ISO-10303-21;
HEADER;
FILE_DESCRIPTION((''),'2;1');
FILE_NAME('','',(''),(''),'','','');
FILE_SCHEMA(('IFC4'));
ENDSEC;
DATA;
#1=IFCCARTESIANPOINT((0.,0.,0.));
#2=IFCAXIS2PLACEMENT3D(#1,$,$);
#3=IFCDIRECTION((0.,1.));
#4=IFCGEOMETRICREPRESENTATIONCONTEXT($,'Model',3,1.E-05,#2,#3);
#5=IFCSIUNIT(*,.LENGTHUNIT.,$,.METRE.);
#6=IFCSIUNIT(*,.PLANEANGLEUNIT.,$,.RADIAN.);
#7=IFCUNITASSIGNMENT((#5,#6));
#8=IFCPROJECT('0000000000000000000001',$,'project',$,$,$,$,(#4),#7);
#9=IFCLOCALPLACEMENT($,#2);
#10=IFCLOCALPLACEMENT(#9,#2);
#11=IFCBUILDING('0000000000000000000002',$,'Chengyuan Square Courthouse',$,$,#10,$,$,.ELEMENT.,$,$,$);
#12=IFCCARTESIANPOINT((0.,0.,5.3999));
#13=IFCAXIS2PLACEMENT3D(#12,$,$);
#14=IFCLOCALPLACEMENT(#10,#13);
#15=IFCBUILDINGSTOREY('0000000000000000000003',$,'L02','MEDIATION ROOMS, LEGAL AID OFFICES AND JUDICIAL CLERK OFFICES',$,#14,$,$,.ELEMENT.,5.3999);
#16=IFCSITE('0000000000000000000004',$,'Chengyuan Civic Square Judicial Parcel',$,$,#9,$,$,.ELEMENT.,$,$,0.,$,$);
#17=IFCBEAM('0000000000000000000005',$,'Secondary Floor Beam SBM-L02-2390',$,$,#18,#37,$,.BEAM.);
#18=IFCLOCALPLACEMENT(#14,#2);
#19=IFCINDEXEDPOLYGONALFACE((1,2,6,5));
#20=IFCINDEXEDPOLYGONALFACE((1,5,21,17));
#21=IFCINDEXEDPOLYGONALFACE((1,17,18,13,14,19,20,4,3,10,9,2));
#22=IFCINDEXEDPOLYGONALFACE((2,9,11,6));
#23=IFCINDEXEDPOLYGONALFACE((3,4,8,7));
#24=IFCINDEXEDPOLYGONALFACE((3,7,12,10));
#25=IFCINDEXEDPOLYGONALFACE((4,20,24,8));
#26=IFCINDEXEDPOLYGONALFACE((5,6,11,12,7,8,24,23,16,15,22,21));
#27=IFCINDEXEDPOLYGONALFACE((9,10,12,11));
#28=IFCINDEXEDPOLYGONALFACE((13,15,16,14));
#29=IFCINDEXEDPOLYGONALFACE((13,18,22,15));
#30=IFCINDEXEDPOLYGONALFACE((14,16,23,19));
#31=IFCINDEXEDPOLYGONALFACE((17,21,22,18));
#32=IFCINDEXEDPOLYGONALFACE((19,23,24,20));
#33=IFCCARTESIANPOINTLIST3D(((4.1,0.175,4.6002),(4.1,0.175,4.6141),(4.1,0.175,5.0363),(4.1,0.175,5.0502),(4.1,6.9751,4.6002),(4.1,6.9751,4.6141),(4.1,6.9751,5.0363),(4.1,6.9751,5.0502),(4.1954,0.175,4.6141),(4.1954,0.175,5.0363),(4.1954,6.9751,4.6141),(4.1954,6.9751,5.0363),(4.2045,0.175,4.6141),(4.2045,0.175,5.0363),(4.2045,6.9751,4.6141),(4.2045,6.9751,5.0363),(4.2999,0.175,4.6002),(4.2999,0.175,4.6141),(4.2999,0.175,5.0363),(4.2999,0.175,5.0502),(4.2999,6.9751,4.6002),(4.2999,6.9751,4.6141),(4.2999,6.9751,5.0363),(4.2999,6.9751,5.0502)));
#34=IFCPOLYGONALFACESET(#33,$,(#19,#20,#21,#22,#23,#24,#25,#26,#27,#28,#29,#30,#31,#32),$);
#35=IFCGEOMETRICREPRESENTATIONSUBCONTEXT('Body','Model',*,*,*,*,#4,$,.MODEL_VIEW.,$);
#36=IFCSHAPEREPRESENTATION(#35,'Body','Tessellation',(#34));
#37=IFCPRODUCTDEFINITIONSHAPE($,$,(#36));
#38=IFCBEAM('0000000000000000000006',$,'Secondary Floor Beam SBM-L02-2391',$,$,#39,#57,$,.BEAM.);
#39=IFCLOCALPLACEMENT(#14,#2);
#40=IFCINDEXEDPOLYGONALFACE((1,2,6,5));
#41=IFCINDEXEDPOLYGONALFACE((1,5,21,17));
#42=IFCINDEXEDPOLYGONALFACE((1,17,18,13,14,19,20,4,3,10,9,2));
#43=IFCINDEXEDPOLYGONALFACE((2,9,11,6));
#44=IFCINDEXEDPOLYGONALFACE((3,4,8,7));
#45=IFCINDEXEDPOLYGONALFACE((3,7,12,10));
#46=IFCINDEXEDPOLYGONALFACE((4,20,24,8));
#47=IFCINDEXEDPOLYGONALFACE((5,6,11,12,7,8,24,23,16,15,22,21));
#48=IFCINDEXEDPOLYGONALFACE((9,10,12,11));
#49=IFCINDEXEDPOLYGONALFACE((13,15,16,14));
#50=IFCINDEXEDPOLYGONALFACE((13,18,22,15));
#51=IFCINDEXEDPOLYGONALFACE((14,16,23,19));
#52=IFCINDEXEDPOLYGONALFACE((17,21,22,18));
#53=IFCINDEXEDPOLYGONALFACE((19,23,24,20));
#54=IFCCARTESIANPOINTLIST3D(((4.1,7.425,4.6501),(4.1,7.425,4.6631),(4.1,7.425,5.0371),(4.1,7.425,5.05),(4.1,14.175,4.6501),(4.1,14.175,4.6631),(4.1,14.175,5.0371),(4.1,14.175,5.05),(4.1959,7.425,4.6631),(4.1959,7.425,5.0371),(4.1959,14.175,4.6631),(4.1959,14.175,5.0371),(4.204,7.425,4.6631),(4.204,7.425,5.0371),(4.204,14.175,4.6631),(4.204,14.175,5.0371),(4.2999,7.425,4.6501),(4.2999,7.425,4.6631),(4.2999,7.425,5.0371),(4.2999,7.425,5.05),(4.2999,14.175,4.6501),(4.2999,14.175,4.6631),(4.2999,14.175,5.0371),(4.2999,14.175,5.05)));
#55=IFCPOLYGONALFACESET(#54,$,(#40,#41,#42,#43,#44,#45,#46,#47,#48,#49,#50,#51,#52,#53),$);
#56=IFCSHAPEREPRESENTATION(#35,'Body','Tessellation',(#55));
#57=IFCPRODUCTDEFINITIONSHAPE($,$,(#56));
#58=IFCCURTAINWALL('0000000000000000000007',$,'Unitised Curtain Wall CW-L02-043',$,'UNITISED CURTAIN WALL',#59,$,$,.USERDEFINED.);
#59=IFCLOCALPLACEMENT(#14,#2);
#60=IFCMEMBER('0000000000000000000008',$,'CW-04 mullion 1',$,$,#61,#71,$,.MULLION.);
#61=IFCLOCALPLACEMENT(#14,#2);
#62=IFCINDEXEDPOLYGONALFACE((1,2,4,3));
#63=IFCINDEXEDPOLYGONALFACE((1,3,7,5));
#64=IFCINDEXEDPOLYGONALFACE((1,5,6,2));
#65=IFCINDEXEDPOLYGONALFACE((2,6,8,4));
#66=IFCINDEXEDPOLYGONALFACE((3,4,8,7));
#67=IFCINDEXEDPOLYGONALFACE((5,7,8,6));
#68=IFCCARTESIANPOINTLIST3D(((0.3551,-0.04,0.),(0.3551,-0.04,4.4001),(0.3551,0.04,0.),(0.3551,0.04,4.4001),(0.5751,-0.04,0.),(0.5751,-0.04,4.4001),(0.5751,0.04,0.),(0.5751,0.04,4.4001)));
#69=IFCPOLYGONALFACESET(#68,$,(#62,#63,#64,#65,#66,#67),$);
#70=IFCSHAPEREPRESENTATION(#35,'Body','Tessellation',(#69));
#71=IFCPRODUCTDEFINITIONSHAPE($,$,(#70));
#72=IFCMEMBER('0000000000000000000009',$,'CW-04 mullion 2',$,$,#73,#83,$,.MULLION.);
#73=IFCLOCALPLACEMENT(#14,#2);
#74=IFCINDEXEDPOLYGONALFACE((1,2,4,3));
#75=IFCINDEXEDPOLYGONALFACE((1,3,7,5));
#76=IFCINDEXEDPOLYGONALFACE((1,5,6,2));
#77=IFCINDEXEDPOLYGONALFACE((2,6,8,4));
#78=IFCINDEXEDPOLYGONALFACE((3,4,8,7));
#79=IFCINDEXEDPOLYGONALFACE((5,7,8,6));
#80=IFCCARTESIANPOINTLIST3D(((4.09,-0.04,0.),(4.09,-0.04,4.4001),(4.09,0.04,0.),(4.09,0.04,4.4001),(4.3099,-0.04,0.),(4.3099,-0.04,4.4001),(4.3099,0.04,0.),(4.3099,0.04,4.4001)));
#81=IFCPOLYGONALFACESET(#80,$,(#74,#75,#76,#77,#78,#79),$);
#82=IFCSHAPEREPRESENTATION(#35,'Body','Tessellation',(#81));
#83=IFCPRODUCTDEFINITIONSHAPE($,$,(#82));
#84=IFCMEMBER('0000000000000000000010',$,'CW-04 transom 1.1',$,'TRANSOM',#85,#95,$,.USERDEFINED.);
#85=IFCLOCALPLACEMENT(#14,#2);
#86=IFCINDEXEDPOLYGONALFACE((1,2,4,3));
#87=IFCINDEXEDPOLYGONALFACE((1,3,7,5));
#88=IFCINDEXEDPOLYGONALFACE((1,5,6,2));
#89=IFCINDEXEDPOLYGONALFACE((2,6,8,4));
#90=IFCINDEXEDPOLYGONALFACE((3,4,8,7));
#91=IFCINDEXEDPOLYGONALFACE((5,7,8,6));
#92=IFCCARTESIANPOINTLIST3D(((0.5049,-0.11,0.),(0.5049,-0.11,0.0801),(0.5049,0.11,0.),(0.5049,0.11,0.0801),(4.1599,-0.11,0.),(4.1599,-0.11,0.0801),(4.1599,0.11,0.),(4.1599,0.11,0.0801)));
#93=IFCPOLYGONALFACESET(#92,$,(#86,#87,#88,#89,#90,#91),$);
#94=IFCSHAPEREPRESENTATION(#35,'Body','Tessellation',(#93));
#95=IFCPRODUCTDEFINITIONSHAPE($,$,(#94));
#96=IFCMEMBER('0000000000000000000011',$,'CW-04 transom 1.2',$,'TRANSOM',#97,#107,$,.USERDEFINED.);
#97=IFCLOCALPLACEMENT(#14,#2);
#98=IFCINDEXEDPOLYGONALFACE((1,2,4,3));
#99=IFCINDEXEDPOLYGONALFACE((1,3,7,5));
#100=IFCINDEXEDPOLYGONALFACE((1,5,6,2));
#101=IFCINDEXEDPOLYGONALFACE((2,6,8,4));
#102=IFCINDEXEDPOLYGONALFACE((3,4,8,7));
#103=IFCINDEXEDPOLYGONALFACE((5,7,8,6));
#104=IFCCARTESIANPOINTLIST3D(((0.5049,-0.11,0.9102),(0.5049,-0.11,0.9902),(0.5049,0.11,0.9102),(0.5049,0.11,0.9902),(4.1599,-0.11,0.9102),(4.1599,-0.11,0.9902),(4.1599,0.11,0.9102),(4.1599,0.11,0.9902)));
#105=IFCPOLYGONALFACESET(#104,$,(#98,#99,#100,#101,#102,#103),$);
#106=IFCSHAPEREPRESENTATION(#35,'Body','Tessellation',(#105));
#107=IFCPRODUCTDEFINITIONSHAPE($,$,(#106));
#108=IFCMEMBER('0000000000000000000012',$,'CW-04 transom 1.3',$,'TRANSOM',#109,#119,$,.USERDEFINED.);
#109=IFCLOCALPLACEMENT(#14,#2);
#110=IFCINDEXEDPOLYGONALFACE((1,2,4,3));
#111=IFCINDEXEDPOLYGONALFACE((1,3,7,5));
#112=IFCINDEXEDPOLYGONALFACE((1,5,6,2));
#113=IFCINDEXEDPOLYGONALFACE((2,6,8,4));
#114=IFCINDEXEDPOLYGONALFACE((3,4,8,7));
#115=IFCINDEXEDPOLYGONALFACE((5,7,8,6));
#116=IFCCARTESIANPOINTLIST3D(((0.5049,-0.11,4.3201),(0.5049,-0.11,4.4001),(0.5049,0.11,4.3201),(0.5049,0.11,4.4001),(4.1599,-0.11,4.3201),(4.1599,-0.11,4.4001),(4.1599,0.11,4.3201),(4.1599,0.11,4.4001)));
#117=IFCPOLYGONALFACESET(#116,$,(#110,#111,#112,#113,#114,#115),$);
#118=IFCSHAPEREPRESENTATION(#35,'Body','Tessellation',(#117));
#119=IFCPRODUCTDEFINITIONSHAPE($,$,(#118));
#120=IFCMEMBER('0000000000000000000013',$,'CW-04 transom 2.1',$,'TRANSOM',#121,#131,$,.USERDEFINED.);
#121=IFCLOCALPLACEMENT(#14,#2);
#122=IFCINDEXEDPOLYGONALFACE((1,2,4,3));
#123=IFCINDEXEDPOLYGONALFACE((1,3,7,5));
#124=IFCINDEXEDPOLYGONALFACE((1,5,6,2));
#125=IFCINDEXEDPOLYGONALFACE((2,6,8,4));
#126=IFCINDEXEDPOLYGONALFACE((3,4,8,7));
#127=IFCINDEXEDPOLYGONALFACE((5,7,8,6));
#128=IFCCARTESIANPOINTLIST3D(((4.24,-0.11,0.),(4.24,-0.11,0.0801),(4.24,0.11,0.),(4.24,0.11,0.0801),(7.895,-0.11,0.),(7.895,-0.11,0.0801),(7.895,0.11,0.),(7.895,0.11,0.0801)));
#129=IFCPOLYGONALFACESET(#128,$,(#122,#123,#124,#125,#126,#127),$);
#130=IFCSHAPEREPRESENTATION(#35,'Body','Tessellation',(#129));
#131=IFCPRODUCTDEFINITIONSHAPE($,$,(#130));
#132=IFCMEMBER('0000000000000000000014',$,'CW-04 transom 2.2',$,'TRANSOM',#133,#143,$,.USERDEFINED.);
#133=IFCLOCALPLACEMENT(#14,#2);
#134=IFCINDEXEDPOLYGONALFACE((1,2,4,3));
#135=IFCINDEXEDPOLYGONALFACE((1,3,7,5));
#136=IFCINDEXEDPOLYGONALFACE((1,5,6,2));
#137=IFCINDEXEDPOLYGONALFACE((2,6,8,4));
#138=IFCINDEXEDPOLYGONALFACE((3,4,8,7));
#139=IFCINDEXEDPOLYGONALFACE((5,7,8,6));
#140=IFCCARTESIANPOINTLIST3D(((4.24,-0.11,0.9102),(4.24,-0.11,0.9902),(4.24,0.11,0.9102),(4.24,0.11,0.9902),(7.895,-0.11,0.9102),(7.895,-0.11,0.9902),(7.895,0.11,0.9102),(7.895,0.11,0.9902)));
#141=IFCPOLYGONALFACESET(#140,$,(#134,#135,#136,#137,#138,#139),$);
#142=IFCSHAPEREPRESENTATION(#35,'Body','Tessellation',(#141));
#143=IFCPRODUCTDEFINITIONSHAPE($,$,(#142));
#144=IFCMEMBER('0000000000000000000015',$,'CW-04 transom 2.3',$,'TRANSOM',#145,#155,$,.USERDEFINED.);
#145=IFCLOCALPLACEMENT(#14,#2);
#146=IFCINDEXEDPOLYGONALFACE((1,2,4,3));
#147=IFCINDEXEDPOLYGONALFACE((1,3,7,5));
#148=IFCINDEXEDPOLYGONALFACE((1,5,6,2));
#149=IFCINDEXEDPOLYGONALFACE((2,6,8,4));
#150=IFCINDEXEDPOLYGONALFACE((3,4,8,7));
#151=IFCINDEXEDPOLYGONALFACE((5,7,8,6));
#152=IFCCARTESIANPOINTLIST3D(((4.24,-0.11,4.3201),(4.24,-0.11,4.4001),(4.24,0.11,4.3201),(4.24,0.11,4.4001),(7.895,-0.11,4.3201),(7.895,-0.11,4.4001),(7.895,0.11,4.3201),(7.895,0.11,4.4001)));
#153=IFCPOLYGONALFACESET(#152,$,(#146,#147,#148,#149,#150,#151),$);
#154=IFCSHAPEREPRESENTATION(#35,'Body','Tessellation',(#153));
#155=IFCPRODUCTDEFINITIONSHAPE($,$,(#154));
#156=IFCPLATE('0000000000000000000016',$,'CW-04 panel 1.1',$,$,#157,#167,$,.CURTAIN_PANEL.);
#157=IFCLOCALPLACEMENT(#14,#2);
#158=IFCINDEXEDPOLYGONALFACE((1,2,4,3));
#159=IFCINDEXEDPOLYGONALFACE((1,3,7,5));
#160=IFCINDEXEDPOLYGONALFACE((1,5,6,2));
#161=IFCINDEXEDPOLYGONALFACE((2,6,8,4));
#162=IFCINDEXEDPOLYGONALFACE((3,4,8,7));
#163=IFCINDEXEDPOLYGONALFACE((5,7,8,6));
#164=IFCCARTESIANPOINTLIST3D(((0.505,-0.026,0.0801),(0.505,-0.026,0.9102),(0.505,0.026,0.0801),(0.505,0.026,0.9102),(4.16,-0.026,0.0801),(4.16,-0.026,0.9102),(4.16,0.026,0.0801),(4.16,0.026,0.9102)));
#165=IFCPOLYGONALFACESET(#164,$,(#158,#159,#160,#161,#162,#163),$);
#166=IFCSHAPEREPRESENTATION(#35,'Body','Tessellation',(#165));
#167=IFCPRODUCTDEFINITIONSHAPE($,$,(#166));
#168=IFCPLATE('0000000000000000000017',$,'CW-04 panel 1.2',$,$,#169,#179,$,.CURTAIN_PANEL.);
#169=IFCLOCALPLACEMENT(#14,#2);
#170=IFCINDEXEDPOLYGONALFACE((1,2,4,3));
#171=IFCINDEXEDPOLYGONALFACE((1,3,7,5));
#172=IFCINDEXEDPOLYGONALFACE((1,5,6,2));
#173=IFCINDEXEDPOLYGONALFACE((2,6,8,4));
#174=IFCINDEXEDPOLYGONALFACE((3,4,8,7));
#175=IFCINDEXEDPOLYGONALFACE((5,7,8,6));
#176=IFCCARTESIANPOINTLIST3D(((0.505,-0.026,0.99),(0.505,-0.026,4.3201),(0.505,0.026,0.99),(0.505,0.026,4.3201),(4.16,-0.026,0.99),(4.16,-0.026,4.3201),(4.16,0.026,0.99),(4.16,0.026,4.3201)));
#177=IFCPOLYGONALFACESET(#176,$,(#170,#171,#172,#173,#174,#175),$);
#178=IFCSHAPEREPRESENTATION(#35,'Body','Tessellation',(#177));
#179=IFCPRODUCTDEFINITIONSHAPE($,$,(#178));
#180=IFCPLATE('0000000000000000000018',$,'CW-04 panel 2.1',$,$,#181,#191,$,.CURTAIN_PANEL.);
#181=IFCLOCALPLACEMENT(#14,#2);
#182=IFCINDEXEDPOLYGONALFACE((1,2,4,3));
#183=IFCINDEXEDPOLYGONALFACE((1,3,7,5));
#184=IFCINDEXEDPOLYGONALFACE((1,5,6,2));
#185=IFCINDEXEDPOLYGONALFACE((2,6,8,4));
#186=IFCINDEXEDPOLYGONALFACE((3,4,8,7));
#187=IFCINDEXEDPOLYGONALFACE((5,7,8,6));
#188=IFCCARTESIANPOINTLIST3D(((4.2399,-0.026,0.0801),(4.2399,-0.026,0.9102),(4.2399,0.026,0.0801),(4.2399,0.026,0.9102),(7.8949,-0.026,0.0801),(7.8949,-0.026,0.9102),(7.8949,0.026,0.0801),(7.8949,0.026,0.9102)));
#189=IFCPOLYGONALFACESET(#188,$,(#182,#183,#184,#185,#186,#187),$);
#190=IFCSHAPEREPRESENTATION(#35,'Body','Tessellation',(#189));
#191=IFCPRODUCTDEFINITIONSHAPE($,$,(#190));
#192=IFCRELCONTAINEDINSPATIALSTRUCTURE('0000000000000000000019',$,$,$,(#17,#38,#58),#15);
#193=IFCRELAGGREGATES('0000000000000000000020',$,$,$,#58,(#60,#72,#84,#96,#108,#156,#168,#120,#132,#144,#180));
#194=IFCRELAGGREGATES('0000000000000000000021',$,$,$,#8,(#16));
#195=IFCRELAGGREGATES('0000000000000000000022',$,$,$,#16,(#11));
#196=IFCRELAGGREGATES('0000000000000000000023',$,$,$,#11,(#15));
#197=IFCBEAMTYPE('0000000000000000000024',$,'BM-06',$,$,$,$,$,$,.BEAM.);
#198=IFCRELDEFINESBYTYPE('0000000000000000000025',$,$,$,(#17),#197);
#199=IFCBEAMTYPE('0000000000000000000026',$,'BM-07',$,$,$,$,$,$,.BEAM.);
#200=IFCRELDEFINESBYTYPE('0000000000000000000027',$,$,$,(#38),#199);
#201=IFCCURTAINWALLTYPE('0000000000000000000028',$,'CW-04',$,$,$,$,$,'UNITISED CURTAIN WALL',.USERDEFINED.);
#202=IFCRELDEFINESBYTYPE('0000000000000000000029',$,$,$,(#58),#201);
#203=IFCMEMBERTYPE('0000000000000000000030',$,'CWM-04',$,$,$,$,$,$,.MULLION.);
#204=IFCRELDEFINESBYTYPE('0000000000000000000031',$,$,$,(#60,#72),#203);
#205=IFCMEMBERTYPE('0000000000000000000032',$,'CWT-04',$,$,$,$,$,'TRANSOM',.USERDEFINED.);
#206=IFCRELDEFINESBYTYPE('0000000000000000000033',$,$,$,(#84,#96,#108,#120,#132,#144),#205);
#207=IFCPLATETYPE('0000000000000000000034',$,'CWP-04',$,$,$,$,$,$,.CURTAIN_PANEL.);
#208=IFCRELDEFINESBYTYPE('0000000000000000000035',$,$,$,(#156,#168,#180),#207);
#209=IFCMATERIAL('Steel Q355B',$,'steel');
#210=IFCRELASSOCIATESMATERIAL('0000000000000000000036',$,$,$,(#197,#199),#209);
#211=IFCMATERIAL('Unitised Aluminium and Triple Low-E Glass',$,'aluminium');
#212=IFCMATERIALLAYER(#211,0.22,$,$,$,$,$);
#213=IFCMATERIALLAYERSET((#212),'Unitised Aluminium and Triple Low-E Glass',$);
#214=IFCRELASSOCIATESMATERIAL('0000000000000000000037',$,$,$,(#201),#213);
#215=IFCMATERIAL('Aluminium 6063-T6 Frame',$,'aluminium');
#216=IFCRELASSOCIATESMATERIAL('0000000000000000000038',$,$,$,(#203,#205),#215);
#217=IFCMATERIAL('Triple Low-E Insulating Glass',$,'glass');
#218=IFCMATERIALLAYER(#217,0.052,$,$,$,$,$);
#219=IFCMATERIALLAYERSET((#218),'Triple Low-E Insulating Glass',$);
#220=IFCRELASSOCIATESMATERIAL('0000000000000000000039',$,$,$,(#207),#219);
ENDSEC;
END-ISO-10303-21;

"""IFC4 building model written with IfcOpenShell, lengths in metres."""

from ifc_helpers import new_model, si_unit, direction, frame, origin, origin_2d, place, context, subcontext, project, spatial, rectangle, i_section, extrude, material, layer, layer_set, material_profile, profile_set, type_object, element, aggregate, save


model = new_model("IFC4")

# Units and contexts
model_context = context("Model", 3, precision=1e-05, world=origin(), true_north=direction((0.0, 1.0)))
body_context = subcontext(model_context, "Body", "Model", "MODEL_VIEW")
ifc_project = project(units=[si_unit("LENGTHUNIT", "METRE"), si_unit("PLANEANGLEUNIT", "RADIAN")], contexts=[model_context])

# Site, building, storey
site_placement = place(None, origin())
site = spatial("IfcSite", under=ifc_project, at=site_placement, Name="Chengyuan Civic Square Judicial Parcel", CompositionType="ELEMENT", RefElevation=0.0)
building_placement = place(site_placement, origin())
building = spatial("IfcBuilding", under=site, at=building_placement, Name="Chengyuan Square Courthouse", CompositionType="ELEMENT")
storey_placement = place(building_placement, frame((0.0, 0.0, 5.3999)))
storey = spatial("IfcBuildingStorey", under=building, at=storey_placement, Name="L02", Description="MEDIATION ROOMS, LEGAL AID OFFICES AND JUDICIAL CLERK OFFICES", CompositionType="ELEMENT", Elevation=5.3999)

# Beams
ifc_material_1 = material(Name="Steel Q355B", Category="steel")
ifc_material_profile_1 = material_profile(ifc_material_1, i_section(OverallWidth=0.2, OverallDepth=0.45, WebThickness=0.009, FlangeThickness=0.0139, at=origin_2d()), Name="HN 450x200x9x14")
ifc_profile_set_1 = profile_set([ifc_material_profile_1], Name="Steel Q355B")
beam_type_1 = type_object("IfcBeamType", Name="BM-06", PredefinedType="BEAM", material=ifc_profile_set_1)
beam_1_placement = place(storey_placement, frame((4.2, 0.175, 4.8252), z_axis=(0.0, 1.0, 0.0), x_axis=(-1.0, 0.0, 0.0)))
element("IfcBeam", 1, at=beam_1_placement, inside=storey, type_object=beam_type_1, Name="Secondary Floor Beam SBM-L02-2390", PredefinedType="BEAM", context=body_context, shape_type="SweptSolid", body=[
    extrude(i_section(OverallWidth=0.2, OverallDepth=0.45, WebThickness=0.009, FlangeThickness=0.0139, at=origin_2d()), origin(), (0.0, 0.0, 1.0), 6.8),
])
ifc_material_profile_2 = material_profile(ifc_material_1, i_section(OverallWidth=0.2, OverallDepth=0.3999, WebThickness=0.0081, FlangeThickness=0.0129, at=origin_2d()), Name="HN 400x200x8x13")
ifc_profile_set_2 = profile_set([ifc_material_profile_2], Name="Steel Q355B")
beam_type_2 = type_object("IfcBeamType", Name="BM-07", PredefinedType="BEAM", material=ifc_profile_set_2)
beam_2_placement = place(storey_placement, frame((4.2, 7.425, 4.8501), z_axis=(0.0, 1.0, 0.0), x_axis=(-1.0, 0.0, 0.0)))
element("IfcBeam", 2, at=beam_2_placement, inside=storey, type_object=beam_type_2, Name="Secondary Floor Beam SBM-L02-2391", PredefinedType="BEAM", context=body_context, shape_type="SweptSolid", body=[
    extrude(i_section(OverallWidth=0.2, OverallDepth=0.3999, WebThickness=0.0081, FlangeThickness=0.0129, at=origin_2d()), origin(), (0.0, 0.0, 1.0), 6.75),
])

# Curtain wall, members, plates
ifc_material_2 = material(Name="Unitised Aluminium and Triple Low-E Glass", Category="aluminium")
ifc_layer_1 = layer(ifc_material_2, 0.22)
ifc_layer_set_1 = layer_set([ifc_layer_1], Name="Unitised Aluminium and Triple Low-E Glass")
curtain_wall_type = type_object("IfcCurtainWallType", Name="CW-04", ElementType="UNITISED CURTAIN WALL", PredefinedType="USERDEFINED", material=ifc_layer_set_1)
curtain_wall_placement = place(storey_placement, origin())
curtain_wall = element("IfcCurtainWall", 3, at=curtain_wall_placement, inside=storey, type_object=curtain_wall_type, Name="Unitised Curtain Wall CW-L02-043", ObjectType="UNITISED CURTAIN WALL", PredefinedType="USERDEFINED")
ifc_material_3 = material(Name="Aluminium 6063-T6 Frame", Category="aluminium")
ifc_material_profile_3 = material_profile(ifc_material_3, rectangle(XDim=0.0801, YDim=0.22, at=origin_2d()), Name="CW-MUL-80x220")
ifc_profile_set_3 = profile_set([ifc_material_profile_3], Name="Aluminium 6063-T6 Frame")
member_type_1 = type_object("IfcMemberType", Name="CWM-04", PredefinedType="MULLION", material=ifc_profile_set_3)
member_1_placement = place(storey_placement, frame((0.4651, 0.0, 0.0), z_axis=(0.0, 0.0, 1.0), x_axis=(0.0, 1.0, 0.0)))
member_1 = element("IfcMember", 4, at=member_1_placement, type_object=member_type_1, Name="CW-04 mullion 1", PredefinedType="MULLION", context=body_context, shape_type="SweptSolid", body=[
    extrude(rectangle(XDim=0.0801, YDim=0.22, at=origin_2d()), origin(), (0.0, 0.0, 1.0), 4.4001),
])
member_2_placement = place(storey_placement, frame((4.2, 0.0, 0.0), z_axis=(0.0, 0.0, 1.0), x_axis=(0.0, 1.0, 0.0)))
member_2 = element("IfcMember", 5, at=member_2_placement, type_object=member_type_1, Name="CW-04 mullion 2", PredefinedType="MULLION", context=body_context, shape_type="SweptSolid", body=[
    extrude(rectangle(XDim=0.0801, YDim=0.22, at=origin_2d()), origin(), (0.0, 0.0, 1.0), 4.4001),
])
ifc_material_profile_4 = material_profile(ifc_material_3, rectangle(XDim=0.22, YDim=0.0801, at=origin_2d()), Name="CW-TRN-80x180")
ifc_profile_set_4 = profile_set([ifc_material_profile_4], Name="Aluminium 6063-T6 Frame")
member_type_2 = type_object("IfcMemberType", Name="CWT-04", ElementType="TRANSOM", PredefinedType="USERDEFINED", material=ifc_profile_set_4)
member_3_placement = place(storey_placement, frame((0.5049, 0.0, 0.04), z_axis=(1.0, 0.0, 0.0), x_axis=(0.0, 1.0, 0.0)))
member_3 = element("IfcMember", 6, at=member_3_placement, type_object=member_type_2, Name="CW-04 transom 1.1", ObjectType="TRANSOM", PredefinedType="USERDEFINED", context=body_context, shape_type="SweptSolid", body=[
    extrude(rectangle(XDim=0.22, YDim=0.0801, at=origin_2d()), origin(), (0.0, 0.0, 1.0), 3.655),
])
member_4_placement = place(storey_placement, frame((0.5049, 0.0, 0.9502), z_axis=(1.0, 0.0, 0.0), x_axis=(0.0, 1.0, 0.0)))
member_4 = element("IfcMember", 7, at=member_4_placement, type_object=member_type_2, Name="CW-04 transom 1.2", ObjectType="TRANSOM", PredefinedType="USERDEFINED", context=body_context, shape_type="SweptSolid", body=[
    extrude(rectangle(XDim=0.22, YDim=0.0801, at=origin_2d()), origin(), (0.0, 0.0, 1.0), 3.655),
])
member_5_placement = place(storey_placement, frame((0.5049, 0.0, 4.3601), z_axis=(1.0, 0.0, 0.0), x_axis=(0.0, 1.0, 0.0)))
member_5 = element("IfcMember", 8, at=member_5_placement, type_object=member_type_2, Name="CW-04 transom 1.3", ObjectType="TRANSOM", PredefinedType="USERDEFINED", context=body_context, shape_type="SweptSolid", body=[
    extrude(rectangle(XDim=0.22, YDim=0.0801, at=origin_2d()), origin(), (0.0, 0.0, 1.0), 3.655),
])
member_6_placement = place(storey_placement, frame((4.24, 0.0, 0.04), z_axis=(1.0, 0.0, 0.0), x_axis=(0.0, 1.0, 0.0)))
member_6 = element("IfcMember", 9, at=member_6_placement, type_object=member_type_2, Name="CW-04 transom 2.1", ObjectType="TRANSOM", PredefinedType="USERDEFINED", context=body_context, shape_type="SweptSolid", body=[
    extrude(rectangle(XDim=0.22, YDim=0.0801, at=origin_2d()), origin(), (0.0, 0.0, 1.0), 3.655),
])
member_7_placement = place(storey_placement, frame((4.24, 0.0, 0.9502), z_axis=(1.0, 0.0, 0.0), x_axis=(0.0, 1.0, 0.0)))
member_7 = element("IfcMember", 10, at=member_7_placement, type_object=member_type_2, Name="CW-04 transom 2.2", ObjectType="TRANSOM", PredefinedType="USERDEFINED", context=body_context, shape_type="SweptSolid", body=[
    extrude(rectangle(XDim=0.22, YDim=0.0801, at=origin_2d()), origin(), (0.0, 0.0, 1.0), 3.655),
])
member_8_placement = place(storey_placement, frame((4.24, 0.0, 4.3601), z_axis=(1.0, 0.0, 0.0), x_axis=(0.0, 1.0, 0.0)))
member_8 = element("IfcMember", 11, at=member_8_placement, type_object=member_type_2, Name="CW-04 transom 2.3", ObjectType="TRANSOM", PredefinedType="USERDEFINED", context=body_context, shape_type="SweptSolid", body=[
    extrude(rectangle(XDim=0.22, YDim=0.0801, at=origin_2d()), origin(), (0.0, 0.0, 1.0), 3.655),
])
ifc_material_4 = material(Name="Triple Low-E Insulating Glass", Category="glass")
ifc_layer_2 = layer(ifc_material_4, 0.052)
ifc_layer_set_2 = layer_set([ifc_layer_2], Name="Triple Low-E Insulating Glass")
plate_type = type_object("IfcPlateType", Name="CWP-04", PredefinedType="CURTAIN_PANEL", material=ifc_layer_set_2)
plate_1_placement = place(storey_placement, frame((2.3325, 0.0, 0.0801), z_axis=(0.0, 0.0, 1.0), x_axis=(1.0, 0.0, 0.0)))
plate_1 = element("IfcPlate", 12, at=plate_1_placement, type_object=plate_type, Name="CW-04 panel 1.1", PredefinedType="CURTAIN_PANEL", context=body_context, shape_type="SweptSolid", body=[
    extrude(rectangle(XDim=3.655, YDim=0.052, at=origin_2d()), origin(), (0.0, 0.0, 1.0), 0.8301),
])
plate_2_placement = place(storey_placement, frame((2.3325, 0.0, 0.99), z_axis=(0.0, 0.0, 1.0), x_axis=(1.0, 0.0, 0.0)))
plate_2 = element("IfcPlate", 13, at=plate_2_placement, type_object=plate_type, Name="CW-04 panel 1.2", PredefinedType="CURTAIN_PANEL", context=body_context, shape_type="SweptSolid", body=[
    extrude(rectangle(XDim=3.655, YDim=0.052, at=origin_2d()), origin(), (0.0, 0.0, 1.0), 3.3301),
])
plate_3_placement = place(storey_placement, frame((6.0674, 0.0, 0.0801), z_axis=(0.0, 0.0, 1.0), x_axis=(1.0, 0.0, 0.0)))
plate_3 = element("IfcPlate", 14, at=plate_3_placement, type_object=plate_type, Name="CW-04 panel 2.1", PredefinedType="CURTAIN_PANEL", context=body_context, shape_type="SweptSolid", body=[
    extrude(rectangle(XDim=3.655, YDim=0.052, at=origin_2d()), origin(), (0.0, 0.0, 1.0), 0.8301),
])
aggregate(curtain_wall, [member_1, member_2, member_3, member_4, member_5, plate_1, plate_2, member_6, member_7, member_8, plate_3])

save(model, "model.ifc")
